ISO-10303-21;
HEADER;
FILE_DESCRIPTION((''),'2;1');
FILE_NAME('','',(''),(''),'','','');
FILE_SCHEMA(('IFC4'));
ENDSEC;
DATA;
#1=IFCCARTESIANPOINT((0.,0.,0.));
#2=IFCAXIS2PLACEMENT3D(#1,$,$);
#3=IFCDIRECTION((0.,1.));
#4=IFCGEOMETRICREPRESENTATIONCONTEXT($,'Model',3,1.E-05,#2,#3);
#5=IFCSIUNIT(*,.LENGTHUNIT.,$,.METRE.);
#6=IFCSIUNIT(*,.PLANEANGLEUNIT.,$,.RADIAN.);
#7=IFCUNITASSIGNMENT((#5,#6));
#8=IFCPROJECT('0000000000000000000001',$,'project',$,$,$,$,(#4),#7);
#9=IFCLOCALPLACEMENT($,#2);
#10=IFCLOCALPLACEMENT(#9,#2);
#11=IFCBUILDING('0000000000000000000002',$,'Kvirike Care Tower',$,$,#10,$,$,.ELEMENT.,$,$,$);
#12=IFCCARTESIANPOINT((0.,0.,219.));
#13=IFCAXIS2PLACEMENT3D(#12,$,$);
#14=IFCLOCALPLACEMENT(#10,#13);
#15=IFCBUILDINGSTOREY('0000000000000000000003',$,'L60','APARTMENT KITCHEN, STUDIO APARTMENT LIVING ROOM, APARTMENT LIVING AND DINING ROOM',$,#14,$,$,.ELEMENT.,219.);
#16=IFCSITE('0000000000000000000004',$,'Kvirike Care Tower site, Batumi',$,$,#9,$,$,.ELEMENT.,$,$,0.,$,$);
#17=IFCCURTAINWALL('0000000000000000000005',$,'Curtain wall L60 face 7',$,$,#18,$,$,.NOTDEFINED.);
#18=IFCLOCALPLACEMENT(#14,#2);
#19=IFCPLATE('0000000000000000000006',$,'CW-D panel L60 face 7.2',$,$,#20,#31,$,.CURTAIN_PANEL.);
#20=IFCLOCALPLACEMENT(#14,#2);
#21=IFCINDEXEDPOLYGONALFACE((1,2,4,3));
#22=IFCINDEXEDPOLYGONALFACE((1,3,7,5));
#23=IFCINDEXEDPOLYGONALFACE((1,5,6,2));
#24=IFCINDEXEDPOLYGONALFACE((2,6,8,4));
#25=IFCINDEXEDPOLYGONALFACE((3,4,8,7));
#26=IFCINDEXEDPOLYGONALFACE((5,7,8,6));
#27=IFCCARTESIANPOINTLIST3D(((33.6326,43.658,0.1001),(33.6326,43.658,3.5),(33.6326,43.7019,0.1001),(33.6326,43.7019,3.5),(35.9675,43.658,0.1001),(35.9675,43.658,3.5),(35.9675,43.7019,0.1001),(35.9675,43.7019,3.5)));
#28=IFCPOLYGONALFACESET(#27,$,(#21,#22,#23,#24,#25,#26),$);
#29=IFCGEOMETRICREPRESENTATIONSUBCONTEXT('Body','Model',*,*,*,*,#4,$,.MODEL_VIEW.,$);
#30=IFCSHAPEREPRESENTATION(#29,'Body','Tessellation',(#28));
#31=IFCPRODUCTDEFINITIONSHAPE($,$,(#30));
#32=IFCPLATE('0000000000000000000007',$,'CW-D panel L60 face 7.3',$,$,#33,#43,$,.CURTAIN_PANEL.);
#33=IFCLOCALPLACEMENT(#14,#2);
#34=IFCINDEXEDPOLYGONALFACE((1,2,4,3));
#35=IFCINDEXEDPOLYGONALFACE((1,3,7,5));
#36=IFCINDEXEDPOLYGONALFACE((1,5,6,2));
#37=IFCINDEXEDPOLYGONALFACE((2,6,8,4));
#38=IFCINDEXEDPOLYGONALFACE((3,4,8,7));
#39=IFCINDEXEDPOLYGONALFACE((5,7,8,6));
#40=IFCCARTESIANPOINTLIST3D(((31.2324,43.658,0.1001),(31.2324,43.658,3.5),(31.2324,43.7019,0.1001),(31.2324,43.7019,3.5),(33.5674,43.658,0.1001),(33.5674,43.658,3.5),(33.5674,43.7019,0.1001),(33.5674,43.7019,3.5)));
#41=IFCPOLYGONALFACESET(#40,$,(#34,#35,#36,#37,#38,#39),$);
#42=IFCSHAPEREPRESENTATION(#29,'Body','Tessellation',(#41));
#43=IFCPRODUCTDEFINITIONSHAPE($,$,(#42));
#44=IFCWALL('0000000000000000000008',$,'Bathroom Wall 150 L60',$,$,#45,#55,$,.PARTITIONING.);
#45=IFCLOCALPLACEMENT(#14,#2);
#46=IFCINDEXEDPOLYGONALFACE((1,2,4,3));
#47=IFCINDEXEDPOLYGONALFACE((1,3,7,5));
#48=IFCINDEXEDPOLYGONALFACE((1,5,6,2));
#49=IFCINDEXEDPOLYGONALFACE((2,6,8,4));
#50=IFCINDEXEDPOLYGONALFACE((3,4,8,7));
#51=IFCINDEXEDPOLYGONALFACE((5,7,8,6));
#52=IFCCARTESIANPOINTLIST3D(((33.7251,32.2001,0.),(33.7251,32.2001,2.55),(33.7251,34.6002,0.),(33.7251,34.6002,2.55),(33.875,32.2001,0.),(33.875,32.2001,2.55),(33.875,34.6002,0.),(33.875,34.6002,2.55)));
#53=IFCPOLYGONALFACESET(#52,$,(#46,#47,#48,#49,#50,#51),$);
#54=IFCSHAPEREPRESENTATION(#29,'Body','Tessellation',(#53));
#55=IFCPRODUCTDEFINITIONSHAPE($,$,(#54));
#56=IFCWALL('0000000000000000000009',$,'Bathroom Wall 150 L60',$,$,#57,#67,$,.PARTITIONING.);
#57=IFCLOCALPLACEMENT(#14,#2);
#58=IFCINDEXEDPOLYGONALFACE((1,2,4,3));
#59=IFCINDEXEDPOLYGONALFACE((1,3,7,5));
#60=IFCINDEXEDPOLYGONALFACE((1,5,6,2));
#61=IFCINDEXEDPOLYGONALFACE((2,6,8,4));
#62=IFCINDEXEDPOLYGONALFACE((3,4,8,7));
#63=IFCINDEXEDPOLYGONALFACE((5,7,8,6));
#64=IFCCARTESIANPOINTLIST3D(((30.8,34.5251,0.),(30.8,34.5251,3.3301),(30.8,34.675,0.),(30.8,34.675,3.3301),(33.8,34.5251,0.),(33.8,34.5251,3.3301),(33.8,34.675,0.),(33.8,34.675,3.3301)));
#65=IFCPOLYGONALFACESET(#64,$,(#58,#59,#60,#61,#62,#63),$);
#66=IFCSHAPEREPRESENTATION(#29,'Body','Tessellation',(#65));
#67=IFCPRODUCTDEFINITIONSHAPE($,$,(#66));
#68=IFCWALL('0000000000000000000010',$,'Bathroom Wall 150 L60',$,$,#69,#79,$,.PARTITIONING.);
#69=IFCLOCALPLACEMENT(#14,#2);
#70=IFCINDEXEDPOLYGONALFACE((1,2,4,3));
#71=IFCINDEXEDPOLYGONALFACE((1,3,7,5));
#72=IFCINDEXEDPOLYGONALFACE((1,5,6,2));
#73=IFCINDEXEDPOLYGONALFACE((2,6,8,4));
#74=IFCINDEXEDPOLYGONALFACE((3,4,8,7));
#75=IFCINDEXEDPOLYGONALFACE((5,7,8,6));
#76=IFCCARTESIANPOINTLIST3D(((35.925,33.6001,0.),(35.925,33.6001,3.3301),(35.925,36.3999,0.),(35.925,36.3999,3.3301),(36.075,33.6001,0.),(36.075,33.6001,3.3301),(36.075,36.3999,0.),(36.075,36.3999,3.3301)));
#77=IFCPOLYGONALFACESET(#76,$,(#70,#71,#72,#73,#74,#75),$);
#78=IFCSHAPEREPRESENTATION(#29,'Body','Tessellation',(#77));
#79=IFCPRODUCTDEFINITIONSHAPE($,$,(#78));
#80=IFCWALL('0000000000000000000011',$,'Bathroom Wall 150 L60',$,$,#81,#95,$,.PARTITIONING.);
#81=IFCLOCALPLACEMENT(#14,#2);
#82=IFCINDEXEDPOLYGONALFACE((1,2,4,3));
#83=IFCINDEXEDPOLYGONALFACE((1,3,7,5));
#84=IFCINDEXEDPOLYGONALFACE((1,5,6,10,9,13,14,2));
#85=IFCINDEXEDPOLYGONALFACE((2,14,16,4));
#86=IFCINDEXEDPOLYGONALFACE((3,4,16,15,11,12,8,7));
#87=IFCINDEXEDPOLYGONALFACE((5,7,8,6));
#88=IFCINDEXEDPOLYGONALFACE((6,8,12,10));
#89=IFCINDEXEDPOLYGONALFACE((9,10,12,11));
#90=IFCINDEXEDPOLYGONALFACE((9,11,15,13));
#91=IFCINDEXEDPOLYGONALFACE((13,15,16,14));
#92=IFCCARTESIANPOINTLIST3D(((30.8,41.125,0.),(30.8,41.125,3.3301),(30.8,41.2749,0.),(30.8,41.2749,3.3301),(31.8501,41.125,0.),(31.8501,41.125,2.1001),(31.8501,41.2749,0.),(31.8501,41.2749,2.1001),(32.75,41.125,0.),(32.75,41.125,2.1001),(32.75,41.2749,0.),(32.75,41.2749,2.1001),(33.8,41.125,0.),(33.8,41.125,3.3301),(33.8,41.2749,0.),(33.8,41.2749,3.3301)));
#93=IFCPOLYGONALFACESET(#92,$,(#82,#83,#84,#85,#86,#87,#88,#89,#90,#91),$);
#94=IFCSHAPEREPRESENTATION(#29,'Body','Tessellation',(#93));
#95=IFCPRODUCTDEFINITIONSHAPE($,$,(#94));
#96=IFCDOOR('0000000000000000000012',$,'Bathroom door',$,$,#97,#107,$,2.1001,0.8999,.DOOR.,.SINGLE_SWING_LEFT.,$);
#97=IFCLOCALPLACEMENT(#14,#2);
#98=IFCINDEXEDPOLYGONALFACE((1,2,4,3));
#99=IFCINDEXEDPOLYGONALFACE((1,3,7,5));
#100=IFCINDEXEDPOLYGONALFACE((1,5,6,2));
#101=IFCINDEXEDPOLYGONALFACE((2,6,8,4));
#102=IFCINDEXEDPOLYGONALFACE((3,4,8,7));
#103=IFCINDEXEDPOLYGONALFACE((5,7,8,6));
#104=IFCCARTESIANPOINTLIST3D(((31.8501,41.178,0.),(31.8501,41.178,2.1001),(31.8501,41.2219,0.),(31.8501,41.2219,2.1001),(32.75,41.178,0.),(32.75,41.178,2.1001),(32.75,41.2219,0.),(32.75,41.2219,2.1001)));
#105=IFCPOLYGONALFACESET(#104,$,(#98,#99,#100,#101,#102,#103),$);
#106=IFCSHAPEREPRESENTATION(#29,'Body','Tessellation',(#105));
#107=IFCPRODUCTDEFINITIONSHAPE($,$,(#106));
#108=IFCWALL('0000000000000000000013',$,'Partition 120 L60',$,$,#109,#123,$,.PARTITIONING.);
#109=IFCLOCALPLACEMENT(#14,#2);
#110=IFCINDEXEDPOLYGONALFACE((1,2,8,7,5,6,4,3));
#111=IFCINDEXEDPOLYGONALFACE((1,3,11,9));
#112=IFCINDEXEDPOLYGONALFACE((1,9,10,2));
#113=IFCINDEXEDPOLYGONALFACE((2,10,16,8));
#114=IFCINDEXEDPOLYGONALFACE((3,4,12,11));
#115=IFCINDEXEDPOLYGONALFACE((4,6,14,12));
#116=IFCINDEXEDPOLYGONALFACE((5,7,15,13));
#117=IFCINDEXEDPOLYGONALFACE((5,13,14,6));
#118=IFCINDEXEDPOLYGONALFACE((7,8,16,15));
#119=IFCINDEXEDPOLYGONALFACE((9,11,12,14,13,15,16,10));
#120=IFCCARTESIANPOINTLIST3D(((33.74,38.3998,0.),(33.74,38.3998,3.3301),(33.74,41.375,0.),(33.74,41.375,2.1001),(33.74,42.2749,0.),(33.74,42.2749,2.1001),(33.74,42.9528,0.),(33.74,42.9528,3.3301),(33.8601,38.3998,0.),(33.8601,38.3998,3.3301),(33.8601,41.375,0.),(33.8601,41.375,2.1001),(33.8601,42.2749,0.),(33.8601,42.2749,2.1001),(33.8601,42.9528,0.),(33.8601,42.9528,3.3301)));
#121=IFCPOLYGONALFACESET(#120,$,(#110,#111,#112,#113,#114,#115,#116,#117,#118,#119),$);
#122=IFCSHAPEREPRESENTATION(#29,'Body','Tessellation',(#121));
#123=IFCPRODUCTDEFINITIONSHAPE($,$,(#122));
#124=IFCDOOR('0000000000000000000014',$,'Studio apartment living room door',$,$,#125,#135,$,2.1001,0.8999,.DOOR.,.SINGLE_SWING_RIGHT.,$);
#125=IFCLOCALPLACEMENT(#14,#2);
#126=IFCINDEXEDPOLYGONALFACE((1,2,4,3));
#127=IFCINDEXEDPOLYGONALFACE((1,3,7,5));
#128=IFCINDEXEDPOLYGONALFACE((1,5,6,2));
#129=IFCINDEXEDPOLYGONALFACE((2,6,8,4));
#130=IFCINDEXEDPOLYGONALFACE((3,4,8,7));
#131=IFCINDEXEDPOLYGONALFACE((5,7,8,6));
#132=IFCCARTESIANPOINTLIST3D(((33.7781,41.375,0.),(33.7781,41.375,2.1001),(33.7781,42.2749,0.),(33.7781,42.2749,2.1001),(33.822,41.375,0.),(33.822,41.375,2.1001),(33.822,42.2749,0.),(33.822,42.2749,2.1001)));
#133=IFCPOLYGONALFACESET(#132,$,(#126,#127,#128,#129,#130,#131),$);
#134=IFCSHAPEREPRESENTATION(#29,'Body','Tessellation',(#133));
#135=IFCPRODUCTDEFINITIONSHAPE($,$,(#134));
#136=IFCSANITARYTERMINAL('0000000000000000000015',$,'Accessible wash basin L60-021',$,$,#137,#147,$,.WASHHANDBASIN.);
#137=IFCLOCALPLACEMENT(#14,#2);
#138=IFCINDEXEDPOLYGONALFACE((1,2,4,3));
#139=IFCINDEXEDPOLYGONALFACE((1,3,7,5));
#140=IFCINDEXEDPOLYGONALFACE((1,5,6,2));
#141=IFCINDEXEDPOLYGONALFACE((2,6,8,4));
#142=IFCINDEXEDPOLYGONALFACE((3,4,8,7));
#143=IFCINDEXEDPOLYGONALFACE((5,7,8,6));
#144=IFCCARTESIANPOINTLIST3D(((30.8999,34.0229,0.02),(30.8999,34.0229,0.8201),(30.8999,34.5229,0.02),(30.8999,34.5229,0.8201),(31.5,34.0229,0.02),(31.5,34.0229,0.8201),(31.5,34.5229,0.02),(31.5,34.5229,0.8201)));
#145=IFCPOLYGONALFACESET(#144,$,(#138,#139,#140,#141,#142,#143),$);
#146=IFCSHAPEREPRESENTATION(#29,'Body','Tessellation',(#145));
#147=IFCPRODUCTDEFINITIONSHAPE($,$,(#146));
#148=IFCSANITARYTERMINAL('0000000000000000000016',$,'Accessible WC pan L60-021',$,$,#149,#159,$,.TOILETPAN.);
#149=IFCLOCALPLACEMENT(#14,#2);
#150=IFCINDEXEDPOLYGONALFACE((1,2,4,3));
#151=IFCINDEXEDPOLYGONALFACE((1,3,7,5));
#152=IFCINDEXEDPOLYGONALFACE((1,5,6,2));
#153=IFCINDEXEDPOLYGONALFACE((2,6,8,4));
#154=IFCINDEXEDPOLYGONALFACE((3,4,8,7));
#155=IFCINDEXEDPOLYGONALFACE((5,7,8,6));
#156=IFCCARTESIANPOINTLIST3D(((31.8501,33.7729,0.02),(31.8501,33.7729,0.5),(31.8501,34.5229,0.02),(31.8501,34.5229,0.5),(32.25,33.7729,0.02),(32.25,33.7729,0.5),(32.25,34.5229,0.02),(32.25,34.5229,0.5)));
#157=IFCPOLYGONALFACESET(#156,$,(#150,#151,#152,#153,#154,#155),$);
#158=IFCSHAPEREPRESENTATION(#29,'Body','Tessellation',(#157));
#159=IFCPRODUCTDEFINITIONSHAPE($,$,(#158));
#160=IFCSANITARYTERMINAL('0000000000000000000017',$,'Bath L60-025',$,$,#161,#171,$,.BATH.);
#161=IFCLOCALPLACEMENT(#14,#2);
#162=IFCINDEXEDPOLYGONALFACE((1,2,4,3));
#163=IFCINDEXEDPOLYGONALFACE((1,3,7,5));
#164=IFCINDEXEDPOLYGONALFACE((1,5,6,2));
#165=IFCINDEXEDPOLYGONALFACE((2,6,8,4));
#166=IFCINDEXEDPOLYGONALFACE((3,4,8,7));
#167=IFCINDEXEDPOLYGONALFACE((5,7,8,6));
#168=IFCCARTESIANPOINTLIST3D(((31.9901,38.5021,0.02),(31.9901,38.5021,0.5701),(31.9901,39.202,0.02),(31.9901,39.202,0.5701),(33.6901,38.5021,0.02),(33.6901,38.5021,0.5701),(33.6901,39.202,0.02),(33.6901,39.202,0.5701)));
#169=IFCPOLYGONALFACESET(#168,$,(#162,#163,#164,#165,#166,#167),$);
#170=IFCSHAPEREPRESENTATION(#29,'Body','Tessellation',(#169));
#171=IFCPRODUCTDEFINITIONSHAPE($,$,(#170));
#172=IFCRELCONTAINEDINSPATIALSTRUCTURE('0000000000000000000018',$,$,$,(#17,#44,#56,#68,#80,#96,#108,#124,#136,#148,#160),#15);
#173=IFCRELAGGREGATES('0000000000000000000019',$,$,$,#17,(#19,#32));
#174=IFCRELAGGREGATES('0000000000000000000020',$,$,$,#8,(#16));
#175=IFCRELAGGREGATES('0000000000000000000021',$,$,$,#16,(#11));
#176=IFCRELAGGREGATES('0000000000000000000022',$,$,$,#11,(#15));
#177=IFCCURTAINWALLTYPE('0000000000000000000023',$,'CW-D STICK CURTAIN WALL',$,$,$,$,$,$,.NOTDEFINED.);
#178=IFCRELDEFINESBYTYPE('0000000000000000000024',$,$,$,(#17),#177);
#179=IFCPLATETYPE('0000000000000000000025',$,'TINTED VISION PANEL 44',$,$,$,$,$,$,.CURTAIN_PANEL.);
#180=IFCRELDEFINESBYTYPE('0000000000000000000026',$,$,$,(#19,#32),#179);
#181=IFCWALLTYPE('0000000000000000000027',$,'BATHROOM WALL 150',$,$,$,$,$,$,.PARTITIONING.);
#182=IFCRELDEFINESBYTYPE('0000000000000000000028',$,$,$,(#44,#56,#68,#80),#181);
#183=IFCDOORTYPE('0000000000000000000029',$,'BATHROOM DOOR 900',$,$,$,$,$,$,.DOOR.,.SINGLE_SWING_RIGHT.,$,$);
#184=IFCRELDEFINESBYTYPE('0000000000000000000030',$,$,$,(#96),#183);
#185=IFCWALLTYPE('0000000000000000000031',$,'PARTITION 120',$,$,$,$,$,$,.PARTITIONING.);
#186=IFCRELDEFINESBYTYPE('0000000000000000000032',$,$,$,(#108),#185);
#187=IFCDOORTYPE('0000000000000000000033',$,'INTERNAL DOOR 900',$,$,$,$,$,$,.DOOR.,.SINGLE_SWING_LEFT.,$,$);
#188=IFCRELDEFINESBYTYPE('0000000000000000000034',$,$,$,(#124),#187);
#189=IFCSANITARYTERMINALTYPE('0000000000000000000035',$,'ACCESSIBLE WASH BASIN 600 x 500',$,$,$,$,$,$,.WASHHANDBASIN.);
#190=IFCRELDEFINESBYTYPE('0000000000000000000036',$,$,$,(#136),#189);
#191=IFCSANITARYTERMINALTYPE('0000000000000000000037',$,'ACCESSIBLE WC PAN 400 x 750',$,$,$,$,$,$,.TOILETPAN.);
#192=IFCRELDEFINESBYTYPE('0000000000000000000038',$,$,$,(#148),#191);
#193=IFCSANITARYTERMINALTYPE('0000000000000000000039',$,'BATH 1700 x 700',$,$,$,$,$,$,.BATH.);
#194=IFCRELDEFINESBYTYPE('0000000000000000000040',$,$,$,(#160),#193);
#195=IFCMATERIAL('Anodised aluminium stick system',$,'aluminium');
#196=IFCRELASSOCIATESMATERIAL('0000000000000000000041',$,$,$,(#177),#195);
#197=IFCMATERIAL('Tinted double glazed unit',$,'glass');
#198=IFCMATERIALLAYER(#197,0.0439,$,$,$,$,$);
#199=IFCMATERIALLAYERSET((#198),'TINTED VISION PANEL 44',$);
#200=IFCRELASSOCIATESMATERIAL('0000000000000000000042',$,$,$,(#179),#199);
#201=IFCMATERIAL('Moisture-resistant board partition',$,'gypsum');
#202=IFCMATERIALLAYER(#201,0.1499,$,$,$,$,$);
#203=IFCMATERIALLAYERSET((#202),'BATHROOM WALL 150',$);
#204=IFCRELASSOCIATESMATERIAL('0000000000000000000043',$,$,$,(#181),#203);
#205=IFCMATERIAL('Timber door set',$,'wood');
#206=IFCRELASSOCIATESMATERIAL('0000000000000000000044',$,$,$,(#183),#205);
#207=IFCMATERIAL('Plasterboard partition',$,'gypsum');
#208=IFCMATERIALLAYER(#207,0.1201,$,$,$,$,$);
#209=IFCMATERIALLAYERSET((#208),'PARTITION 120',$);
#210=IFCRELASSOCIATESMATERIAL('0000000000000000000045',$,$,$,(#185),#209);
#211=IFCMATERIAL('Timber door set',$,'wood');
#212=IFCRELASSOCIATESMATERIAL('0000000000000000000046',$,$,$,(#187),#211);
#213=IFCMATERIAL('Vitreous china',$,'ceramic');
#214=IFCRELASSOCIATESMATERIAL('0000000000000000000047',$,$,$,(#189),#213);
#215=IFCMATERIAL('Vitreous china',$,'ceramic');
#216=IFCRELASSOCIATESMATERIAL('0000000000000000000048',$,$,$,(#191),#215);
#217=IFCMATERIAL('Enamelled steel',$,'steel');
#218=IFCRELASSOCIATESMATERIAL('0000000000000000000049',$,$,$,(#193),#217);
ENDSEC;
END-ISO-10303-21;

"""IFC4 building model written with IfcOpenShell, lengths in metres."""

from ifc_helpers import new_model, si_unit, direction, frame, frame_2d, origin, origin_2d, place, context, subcontext, project, spatial, rectangle, extrude, material, layer, layer_set, type_object, element, fill, aggregate, save


model = new_model("IFC4")

# Units and contexts
model_context = context("Model", 3, precision=1e-05, world=origin(), true_north=direction((0.0, 1.0)))
body_context = subcontext(model_context, "Body", "Model", "MODEL_VIEW")
ifc_project = project(units=[si_unit("LENGTHUNIT", "METRE"), si_unit("PLANEANGLEUNIT", "RADIAN")], contexts=[model_context])

# Site, building, storey
site_placement = place(None, origin())
site = spatial("IfcSite", under=ifc_project, at=site_placement, Name="Kvirike Care Tower site, Batumi", CompositionType="ELEMENT", RefElevation=0.0)
building_placement = place(site_placement, origin())
building = spatial("IfcBuilding", under=site, at=building_placement, Name="Kvirike Care Tower", CompositionType="ELEMENT")
storey_placement = place(building_placement, frame((0.0, 0.0, 219.0)))
storey = spatial("IfcBuildingStorey", under=building, at=storey_placement, Name="L60", Description="APARTMENT KITCHEN, STUDIO APARTMENT LIVING ROOM, APARTMENT LIVING AND DINING ROOM", CompositionType="ELEMENT", Elevation=219.0)

# Curtain wall
ifc_material_1 = material(Name="Anodised aluminium stick system", Category="aluminium")
curtain_wall_type = type_object("IfcCurtainWallType", Name="CW-D STICK CURTAIN WALL", PredefinedType="NOTDEFINED", material=ifc_material_1)
curtain_wall_placement = place(storey_placement, origin())
curtain_wall = element("IfcCurtainWall", 1, at=curtain_wall_placement, inside=storey, type_object=curtain_wall_type, Name="Curtain wall L60 face 7", PredefinedType="NOTDEFINED")

# Plates
ifc_material_2 = material(Name="Tinted double glazed unit", Category="glass")
ifc_layer_1 = layer(ifc_material_2, 0.0439)
ifc_layer_set_1 = layer_set([ifc_layer_1], Name="TINTED VISION PANEL 44")
plate_type = type_object("IfcPlateType", Name="TINTED VISION PANEL 44", PredefinedType="CURTAIN_PANEL", material=ifc_layer_set_1)
plate_1_placement = place(storey_placement, frame((34.8, 43.6799, 0.1001), z_axis=(0.0, 0.0, 1.0), x_axis=(-1.0, 0.0, 0.0)))
plate_1 = element("IfcPlate", 2, at=plate_1_placement, type_object=plate_type, Name="CW-D panel L60 face 7.2", PredefinedType="CURTAIN_PANEL", context=body_context, shape_type="SweptSolid", body=[
    extrude(rectangle(XDim=2.335, YDim=0.0439, at=origin_2d()), origin(), (0.0, 0.0, 1.0), 3.3999),
])
plate_2_placement = place(storey_placement, frame((32.3999, 43.6799, 0.1001), z_axis=(0.0, 0.0, 1.0), x_axis=(-1.0, 0.0, 0.0)))
plate_2 = element("IfcPlate", 3, at=plate_2_placement, type_object=plate_type, Name="CW-D panel L60 face 7.3", PredefinedType="CURTAIN_PANEL", context=body_context, shape_type="SweptSolid", body=[
    extrude(rectangle(XDim=2.335, YDim=0.0439, at=origin_2d()), origin(), (0.0, 0.0, 1.0), 3.3999),
])
aggregate(curtain_wall, [plate_1, plate_2])

# Walls
ifc_material_3 = material(Name="Moisture-resistant board partition", Category="gypsum")
ifc_layer_2 = layer(ifc_material_3, 0.1499)
ifc_layer_set_2 = layer_set([ifc_layer_2], Name="BATHROOM WALL 150")
wall_type_1 = type_object("IfcWallType", Name="BATHROOM WALL 150", PredefinedType="PARTITIONING", material=ifc_layer_set_2)
wall_1_placement = place(storey_placement, frame((33.8, 32.2, 0.0), z_axis=(0.0, 0.0, 1.0), x_axis=(0.0, 1.0, 0.0)))
element("IfcWall", 4, at=wall_1_placement, inside=storey, type_object=wall_type_1, Name="Bathroom Wall 150 L60", PredefinedType="PARTITIONING", context=body_context, shape_type="SweptSolid", body=[
    extrude(rectangle(XDim=2.4001, YDim=0.1499, at=frame_2d((1.2002, 0.0))), origin(), (0.0, 0.0, 1.0), 2.55),
])
wall_2_placement = place(storey_placement, frame((33.8, 34.6001, 0.0), z_axis=(0.0, 0.0, 1.0), x_axis=(-1.0, 0.0, 0.0)))
element("IfcWall", 5, at=wall_2_placement, inside=storey, type_object=wall_type_1, Name="Bathroom Wall 150 L60", PredefinedType="PARTITIONING", context=body_context, shape_type="SweptSolid", body=[
    extrude(rectangle(XDim=3.0, YDim=0.1499, at=frame_2d((1.5, 0.0))), origin(), (0.0, 0.0, 1.0), 3.3301),
])
wall_3_placement = place(storey_placement, frame((36.0, 33.6001, 0.0), z_axis=(0.0, 0.0, 1.0), x_axis=(0.0, 1.0, 0.0)))
element("IfcWall", 6, at=wall_3_placement, inside=storey, type_object=wall_type_1, Name="Bathroom Wall 150 L60", PredefinedType="PARTITIONING", context=body_context, shape_type="SweptSolid", body=[
    extrude(rectangle(XDim=2.7998, YDim=0.1499, at=frame_2d((1.3999, 0.0))), origin(), (0.0, 0.0, 1.0), 3.3301),
])

# Walls, openings, doors
wall_4_placement = place(storey_placement, frame((33.8, 41.2, 0.0), z_axis=(0.0, 0.0, 1.0), x_axis=(-1.0, 0.0, 0.0)))
wall_4 = element("IfcWall", 7, at=wall_4_placement, inside=storey, type_object=wall_type_1, Name="Bathroom Wall 150 L60", PredefinedType="PARTITIONING", context=body_context, shape_type="SweptSolid", body=[
    extrude(rectangle(XDim=3.0, YDim=0.1499, at=frame_2d((1.5, 0.0))), origin(), (0.0, 0.0, 1.0), 3.3301),
])
opening_1_placement = place(wall_4_placement, frame((1.05, 0.0, 0.0)))
opening_1 = element("IfcOpeningElement", 8, at=opening_1_placement, cuts=wall_4, PredefinedType="OPENING", context=body_context, shape_type="SweptSolid", body=[
    extrude(rectangle(XDim=0.8999, YDim=2.1001, at=frame_2d((0.45, 1.05))), frame((0.0, 0.0854, 0.0), z_axis=(0.0, -1.0, 0.0), x_axis=(1.0, 0.0, 0.0)), (0.0, 0.0, 1.0), 0.1709),
])
ifc_material_4 = material(Name="Timber door set", Category="wood")
door_type_1 = type_object("IfcDoorType", Name="BATHROOM DOOR 900", OperationType="SINGLE_SWING_RIGHT", PredefinedType="DOOR", material=ifc_material_4)
door_1_placement = place(opening_1_placement, frame((0.8999, 0.0, 0.0), z_axis=(0.0, 0.0, 1.0), x_axis=(-1.0, 0.0, 0.0)))
door_1 = element("IfcDoor", 9, at=door_1_placement, inside=storey, type_object=door_type_1, Name="Bathroom door", OperationType="SINGLE_SWING_LEFT", OverallHeight=2.1001, OverallWidth=0.8999, PredefinedType="DOOR", context=body_context, shape_type="SweptSolid", body=[
    extrude(rectangle(XDim=0.8999, YDim=2.1001, at=frame_2d((0.45, 1.05))), frame((0.0, 0.022, 0.0), z_axis=(0.0, -1.0, 0.0), x_axis=(1.0, 0.0, 0.0)), (0.0, 0.0, 1.0), 0.0439),
])
fill(opening_1, door_1)
ifc_material_5 = material(Name="Plasterboard partition", Category="gypsum")
ifc_layer_3 = layer(ifc_material_5, 0.1201)
ifc_layer_set_3 = layer_set([ifc_layer_3], Name="PARTITION 120")
wall_type_2 = type_object("IfcWallType", Name="PARTITION 120", PredefinedType="PARTITIONING", material=ifc_layer_set_3)
wall_5_placement = place(storey_placement, frame((33.8, 38.3999, 0.0), z_axis=(0.0, 0.0, 1.0), x_axis=(0.0, 1.0, 0.0)))
wall_5 = element("IfcWall", 10, at=wall_5_placement, inside=storey, type_object=wall_type_2, Name="Partition 120 L60", PredefinedType="PARTITIONING", context=body_context, shape_type="SweptSolid", body=[
    extrude(rectangle(XDim=4.553, YDim=0.1201, at=frame_2d((2.2764, 0.0))), origin(), (0.0, 0.0, 1.0), 3.3301),
])
opening_2_placement = place(wall_5_placement, frame((2.9751, 0.0, 0.0)))
opening_2 = element("IfcOpeningElement", 11, at=opening_2_placement, cuts=wall_5, PredefinedType="OPENING", context=body_context, shape_type="SweptSolid", body=[
    extrude(rectangle(XDim=0.8999, YDim=2.1001, at=frame_2d((0.45, 1.05))), frame((0.0, 0.0706, 0.0), z_axis=(0.0, -1.0, 0.0), x_axis=(1.0, 0.0, 0.0)), (0.0, 0.0, 1.0), 0.1411),
])
ifc_material_6 = material(Name="Timber door set", Category="wood")
door_type_2 = type_object("IfcDoorType", Name="INTERNAL DOOR 900", OperationType="SINGLE_SWING_LEFT", PredefinedType="DOOR", material=ifc_material_6)
door_2_placement = place(opening_2_placement, origin())
door_2 = element("IfcDoor", 12, at=door_2_placement, inside=storey, type_object=door_type_2, Name="Studio apartment living room door", OperationType="SINGLE_SWING_RIGHT", OverallHeight=2.1001, OverallWidth=0.8999, PredefinedType="DOOR", context=body_context, shape_type="SweptSolid", body=[
    extrude(rectangle(XDim=0.8999, YDim=2.1001, at=frame_2d((0.45, 1.05))), frame((0.0, 0.022, 0.0), z_axis=(0.0, -1.0, 0.0), x_axis=(1.0, 0.0, 0.0)), (0.0, 0.0, 1.0), 0.0439),
])
fill(opening_2, door_2)

# Sanitary terminals
ifc_material_7 = material(Name="Vitreous china", Category="ceramic")
sanitary_terminal_type_1 = type_object("IfcSanitaryTerminalType", Name="ACCESSIBLE WASH BASIN 600 x 500", PredefinedType="WASHHANDBASIN", material=ifc_material_7)
sanitary_terminal_1_placement = place(storey_placement, frame((31.2, 34.2729, 0.02), z_axis=(0.0, 0.0, 1.0), x_axis=(1.0, 0.0, 0.0)))
element("IfcSanitaryTerminal", 13, at=sanitary_terminal_1_placement, inside=storey, type_object=sanitary_terminal_type_1, Name="Accessible wash basin L60-021", PredefinedType="WASHHANDBASIN", context=body_context, shape_type="SweptSolid", body=[
    extrude(rectangle(XDim=0.6001, YDim=0.5, at=origin_2d()), origin(), (0.0, 0.0, 1.0), 0.8),
])
ifc_material_8 = material(Name="Vitreous china", Category="ceramic")
sanitary_terminal_type_2 = type_object("IfcSanitaryTerminalType", Name="ACCESSIBLE WC PAN 400 x 750", PredefinedType="TOILETPAN", material=ifc_material_8)
sanitary_terminal_2_placement = place(storey_placement, frame((32.05, 34.1479, 0.02), z_axis=(0.0, 0.0, 1.0), x_axis=(1.0, 0.0, 0.0)))
element("IfcSanitaryTerminal", 14, at=sanitary_terminal_2_placement, inside=storey, type_object=sanitary_terminal_type_2, Name="Accessible WC pan L60-021", PredefinedType="TOILETPAN", context=body_context, shape_type="SweptSolid", body=[
    extrude(rectangle(XDim=0.3999, YDim=0.75, at=origin_2d()), origin(), (0.0, 0.0, 1.0), 0.48),
])
ifc_material_9 = material(Name="Enamelled steel", Category="steel")
sanitary_terminal_type_3 = type_object("IfcSanitaryTerminalType", Name="BATH 1700 x 700", PredefinedType="BATH", material=ifc_material_9)
sanitary_terminal_3_placement = place(storey_placement, frame((32.8401, 38.8521, 0.02), z_axis=(0.0, 0.0, 1.0), x_axis=(-1.0, 0.0, 0.0)))
element("IfcSanitaryTerminal", 15, at=sanitary_terminal_3_placement, inside=storey, type_object=sanitary_terminal_type_3, Name="Bath L60-025", PredefinedType="BATH", context=body_context, shape_type="SweptSolid", body=[
    extrude(rectangle(XDim=1.7, YDim=0.7, at=origin_2d()), origin(), (0.0, 0.0, 1.0), 0.55),
])

save(model, "model.ifc")
